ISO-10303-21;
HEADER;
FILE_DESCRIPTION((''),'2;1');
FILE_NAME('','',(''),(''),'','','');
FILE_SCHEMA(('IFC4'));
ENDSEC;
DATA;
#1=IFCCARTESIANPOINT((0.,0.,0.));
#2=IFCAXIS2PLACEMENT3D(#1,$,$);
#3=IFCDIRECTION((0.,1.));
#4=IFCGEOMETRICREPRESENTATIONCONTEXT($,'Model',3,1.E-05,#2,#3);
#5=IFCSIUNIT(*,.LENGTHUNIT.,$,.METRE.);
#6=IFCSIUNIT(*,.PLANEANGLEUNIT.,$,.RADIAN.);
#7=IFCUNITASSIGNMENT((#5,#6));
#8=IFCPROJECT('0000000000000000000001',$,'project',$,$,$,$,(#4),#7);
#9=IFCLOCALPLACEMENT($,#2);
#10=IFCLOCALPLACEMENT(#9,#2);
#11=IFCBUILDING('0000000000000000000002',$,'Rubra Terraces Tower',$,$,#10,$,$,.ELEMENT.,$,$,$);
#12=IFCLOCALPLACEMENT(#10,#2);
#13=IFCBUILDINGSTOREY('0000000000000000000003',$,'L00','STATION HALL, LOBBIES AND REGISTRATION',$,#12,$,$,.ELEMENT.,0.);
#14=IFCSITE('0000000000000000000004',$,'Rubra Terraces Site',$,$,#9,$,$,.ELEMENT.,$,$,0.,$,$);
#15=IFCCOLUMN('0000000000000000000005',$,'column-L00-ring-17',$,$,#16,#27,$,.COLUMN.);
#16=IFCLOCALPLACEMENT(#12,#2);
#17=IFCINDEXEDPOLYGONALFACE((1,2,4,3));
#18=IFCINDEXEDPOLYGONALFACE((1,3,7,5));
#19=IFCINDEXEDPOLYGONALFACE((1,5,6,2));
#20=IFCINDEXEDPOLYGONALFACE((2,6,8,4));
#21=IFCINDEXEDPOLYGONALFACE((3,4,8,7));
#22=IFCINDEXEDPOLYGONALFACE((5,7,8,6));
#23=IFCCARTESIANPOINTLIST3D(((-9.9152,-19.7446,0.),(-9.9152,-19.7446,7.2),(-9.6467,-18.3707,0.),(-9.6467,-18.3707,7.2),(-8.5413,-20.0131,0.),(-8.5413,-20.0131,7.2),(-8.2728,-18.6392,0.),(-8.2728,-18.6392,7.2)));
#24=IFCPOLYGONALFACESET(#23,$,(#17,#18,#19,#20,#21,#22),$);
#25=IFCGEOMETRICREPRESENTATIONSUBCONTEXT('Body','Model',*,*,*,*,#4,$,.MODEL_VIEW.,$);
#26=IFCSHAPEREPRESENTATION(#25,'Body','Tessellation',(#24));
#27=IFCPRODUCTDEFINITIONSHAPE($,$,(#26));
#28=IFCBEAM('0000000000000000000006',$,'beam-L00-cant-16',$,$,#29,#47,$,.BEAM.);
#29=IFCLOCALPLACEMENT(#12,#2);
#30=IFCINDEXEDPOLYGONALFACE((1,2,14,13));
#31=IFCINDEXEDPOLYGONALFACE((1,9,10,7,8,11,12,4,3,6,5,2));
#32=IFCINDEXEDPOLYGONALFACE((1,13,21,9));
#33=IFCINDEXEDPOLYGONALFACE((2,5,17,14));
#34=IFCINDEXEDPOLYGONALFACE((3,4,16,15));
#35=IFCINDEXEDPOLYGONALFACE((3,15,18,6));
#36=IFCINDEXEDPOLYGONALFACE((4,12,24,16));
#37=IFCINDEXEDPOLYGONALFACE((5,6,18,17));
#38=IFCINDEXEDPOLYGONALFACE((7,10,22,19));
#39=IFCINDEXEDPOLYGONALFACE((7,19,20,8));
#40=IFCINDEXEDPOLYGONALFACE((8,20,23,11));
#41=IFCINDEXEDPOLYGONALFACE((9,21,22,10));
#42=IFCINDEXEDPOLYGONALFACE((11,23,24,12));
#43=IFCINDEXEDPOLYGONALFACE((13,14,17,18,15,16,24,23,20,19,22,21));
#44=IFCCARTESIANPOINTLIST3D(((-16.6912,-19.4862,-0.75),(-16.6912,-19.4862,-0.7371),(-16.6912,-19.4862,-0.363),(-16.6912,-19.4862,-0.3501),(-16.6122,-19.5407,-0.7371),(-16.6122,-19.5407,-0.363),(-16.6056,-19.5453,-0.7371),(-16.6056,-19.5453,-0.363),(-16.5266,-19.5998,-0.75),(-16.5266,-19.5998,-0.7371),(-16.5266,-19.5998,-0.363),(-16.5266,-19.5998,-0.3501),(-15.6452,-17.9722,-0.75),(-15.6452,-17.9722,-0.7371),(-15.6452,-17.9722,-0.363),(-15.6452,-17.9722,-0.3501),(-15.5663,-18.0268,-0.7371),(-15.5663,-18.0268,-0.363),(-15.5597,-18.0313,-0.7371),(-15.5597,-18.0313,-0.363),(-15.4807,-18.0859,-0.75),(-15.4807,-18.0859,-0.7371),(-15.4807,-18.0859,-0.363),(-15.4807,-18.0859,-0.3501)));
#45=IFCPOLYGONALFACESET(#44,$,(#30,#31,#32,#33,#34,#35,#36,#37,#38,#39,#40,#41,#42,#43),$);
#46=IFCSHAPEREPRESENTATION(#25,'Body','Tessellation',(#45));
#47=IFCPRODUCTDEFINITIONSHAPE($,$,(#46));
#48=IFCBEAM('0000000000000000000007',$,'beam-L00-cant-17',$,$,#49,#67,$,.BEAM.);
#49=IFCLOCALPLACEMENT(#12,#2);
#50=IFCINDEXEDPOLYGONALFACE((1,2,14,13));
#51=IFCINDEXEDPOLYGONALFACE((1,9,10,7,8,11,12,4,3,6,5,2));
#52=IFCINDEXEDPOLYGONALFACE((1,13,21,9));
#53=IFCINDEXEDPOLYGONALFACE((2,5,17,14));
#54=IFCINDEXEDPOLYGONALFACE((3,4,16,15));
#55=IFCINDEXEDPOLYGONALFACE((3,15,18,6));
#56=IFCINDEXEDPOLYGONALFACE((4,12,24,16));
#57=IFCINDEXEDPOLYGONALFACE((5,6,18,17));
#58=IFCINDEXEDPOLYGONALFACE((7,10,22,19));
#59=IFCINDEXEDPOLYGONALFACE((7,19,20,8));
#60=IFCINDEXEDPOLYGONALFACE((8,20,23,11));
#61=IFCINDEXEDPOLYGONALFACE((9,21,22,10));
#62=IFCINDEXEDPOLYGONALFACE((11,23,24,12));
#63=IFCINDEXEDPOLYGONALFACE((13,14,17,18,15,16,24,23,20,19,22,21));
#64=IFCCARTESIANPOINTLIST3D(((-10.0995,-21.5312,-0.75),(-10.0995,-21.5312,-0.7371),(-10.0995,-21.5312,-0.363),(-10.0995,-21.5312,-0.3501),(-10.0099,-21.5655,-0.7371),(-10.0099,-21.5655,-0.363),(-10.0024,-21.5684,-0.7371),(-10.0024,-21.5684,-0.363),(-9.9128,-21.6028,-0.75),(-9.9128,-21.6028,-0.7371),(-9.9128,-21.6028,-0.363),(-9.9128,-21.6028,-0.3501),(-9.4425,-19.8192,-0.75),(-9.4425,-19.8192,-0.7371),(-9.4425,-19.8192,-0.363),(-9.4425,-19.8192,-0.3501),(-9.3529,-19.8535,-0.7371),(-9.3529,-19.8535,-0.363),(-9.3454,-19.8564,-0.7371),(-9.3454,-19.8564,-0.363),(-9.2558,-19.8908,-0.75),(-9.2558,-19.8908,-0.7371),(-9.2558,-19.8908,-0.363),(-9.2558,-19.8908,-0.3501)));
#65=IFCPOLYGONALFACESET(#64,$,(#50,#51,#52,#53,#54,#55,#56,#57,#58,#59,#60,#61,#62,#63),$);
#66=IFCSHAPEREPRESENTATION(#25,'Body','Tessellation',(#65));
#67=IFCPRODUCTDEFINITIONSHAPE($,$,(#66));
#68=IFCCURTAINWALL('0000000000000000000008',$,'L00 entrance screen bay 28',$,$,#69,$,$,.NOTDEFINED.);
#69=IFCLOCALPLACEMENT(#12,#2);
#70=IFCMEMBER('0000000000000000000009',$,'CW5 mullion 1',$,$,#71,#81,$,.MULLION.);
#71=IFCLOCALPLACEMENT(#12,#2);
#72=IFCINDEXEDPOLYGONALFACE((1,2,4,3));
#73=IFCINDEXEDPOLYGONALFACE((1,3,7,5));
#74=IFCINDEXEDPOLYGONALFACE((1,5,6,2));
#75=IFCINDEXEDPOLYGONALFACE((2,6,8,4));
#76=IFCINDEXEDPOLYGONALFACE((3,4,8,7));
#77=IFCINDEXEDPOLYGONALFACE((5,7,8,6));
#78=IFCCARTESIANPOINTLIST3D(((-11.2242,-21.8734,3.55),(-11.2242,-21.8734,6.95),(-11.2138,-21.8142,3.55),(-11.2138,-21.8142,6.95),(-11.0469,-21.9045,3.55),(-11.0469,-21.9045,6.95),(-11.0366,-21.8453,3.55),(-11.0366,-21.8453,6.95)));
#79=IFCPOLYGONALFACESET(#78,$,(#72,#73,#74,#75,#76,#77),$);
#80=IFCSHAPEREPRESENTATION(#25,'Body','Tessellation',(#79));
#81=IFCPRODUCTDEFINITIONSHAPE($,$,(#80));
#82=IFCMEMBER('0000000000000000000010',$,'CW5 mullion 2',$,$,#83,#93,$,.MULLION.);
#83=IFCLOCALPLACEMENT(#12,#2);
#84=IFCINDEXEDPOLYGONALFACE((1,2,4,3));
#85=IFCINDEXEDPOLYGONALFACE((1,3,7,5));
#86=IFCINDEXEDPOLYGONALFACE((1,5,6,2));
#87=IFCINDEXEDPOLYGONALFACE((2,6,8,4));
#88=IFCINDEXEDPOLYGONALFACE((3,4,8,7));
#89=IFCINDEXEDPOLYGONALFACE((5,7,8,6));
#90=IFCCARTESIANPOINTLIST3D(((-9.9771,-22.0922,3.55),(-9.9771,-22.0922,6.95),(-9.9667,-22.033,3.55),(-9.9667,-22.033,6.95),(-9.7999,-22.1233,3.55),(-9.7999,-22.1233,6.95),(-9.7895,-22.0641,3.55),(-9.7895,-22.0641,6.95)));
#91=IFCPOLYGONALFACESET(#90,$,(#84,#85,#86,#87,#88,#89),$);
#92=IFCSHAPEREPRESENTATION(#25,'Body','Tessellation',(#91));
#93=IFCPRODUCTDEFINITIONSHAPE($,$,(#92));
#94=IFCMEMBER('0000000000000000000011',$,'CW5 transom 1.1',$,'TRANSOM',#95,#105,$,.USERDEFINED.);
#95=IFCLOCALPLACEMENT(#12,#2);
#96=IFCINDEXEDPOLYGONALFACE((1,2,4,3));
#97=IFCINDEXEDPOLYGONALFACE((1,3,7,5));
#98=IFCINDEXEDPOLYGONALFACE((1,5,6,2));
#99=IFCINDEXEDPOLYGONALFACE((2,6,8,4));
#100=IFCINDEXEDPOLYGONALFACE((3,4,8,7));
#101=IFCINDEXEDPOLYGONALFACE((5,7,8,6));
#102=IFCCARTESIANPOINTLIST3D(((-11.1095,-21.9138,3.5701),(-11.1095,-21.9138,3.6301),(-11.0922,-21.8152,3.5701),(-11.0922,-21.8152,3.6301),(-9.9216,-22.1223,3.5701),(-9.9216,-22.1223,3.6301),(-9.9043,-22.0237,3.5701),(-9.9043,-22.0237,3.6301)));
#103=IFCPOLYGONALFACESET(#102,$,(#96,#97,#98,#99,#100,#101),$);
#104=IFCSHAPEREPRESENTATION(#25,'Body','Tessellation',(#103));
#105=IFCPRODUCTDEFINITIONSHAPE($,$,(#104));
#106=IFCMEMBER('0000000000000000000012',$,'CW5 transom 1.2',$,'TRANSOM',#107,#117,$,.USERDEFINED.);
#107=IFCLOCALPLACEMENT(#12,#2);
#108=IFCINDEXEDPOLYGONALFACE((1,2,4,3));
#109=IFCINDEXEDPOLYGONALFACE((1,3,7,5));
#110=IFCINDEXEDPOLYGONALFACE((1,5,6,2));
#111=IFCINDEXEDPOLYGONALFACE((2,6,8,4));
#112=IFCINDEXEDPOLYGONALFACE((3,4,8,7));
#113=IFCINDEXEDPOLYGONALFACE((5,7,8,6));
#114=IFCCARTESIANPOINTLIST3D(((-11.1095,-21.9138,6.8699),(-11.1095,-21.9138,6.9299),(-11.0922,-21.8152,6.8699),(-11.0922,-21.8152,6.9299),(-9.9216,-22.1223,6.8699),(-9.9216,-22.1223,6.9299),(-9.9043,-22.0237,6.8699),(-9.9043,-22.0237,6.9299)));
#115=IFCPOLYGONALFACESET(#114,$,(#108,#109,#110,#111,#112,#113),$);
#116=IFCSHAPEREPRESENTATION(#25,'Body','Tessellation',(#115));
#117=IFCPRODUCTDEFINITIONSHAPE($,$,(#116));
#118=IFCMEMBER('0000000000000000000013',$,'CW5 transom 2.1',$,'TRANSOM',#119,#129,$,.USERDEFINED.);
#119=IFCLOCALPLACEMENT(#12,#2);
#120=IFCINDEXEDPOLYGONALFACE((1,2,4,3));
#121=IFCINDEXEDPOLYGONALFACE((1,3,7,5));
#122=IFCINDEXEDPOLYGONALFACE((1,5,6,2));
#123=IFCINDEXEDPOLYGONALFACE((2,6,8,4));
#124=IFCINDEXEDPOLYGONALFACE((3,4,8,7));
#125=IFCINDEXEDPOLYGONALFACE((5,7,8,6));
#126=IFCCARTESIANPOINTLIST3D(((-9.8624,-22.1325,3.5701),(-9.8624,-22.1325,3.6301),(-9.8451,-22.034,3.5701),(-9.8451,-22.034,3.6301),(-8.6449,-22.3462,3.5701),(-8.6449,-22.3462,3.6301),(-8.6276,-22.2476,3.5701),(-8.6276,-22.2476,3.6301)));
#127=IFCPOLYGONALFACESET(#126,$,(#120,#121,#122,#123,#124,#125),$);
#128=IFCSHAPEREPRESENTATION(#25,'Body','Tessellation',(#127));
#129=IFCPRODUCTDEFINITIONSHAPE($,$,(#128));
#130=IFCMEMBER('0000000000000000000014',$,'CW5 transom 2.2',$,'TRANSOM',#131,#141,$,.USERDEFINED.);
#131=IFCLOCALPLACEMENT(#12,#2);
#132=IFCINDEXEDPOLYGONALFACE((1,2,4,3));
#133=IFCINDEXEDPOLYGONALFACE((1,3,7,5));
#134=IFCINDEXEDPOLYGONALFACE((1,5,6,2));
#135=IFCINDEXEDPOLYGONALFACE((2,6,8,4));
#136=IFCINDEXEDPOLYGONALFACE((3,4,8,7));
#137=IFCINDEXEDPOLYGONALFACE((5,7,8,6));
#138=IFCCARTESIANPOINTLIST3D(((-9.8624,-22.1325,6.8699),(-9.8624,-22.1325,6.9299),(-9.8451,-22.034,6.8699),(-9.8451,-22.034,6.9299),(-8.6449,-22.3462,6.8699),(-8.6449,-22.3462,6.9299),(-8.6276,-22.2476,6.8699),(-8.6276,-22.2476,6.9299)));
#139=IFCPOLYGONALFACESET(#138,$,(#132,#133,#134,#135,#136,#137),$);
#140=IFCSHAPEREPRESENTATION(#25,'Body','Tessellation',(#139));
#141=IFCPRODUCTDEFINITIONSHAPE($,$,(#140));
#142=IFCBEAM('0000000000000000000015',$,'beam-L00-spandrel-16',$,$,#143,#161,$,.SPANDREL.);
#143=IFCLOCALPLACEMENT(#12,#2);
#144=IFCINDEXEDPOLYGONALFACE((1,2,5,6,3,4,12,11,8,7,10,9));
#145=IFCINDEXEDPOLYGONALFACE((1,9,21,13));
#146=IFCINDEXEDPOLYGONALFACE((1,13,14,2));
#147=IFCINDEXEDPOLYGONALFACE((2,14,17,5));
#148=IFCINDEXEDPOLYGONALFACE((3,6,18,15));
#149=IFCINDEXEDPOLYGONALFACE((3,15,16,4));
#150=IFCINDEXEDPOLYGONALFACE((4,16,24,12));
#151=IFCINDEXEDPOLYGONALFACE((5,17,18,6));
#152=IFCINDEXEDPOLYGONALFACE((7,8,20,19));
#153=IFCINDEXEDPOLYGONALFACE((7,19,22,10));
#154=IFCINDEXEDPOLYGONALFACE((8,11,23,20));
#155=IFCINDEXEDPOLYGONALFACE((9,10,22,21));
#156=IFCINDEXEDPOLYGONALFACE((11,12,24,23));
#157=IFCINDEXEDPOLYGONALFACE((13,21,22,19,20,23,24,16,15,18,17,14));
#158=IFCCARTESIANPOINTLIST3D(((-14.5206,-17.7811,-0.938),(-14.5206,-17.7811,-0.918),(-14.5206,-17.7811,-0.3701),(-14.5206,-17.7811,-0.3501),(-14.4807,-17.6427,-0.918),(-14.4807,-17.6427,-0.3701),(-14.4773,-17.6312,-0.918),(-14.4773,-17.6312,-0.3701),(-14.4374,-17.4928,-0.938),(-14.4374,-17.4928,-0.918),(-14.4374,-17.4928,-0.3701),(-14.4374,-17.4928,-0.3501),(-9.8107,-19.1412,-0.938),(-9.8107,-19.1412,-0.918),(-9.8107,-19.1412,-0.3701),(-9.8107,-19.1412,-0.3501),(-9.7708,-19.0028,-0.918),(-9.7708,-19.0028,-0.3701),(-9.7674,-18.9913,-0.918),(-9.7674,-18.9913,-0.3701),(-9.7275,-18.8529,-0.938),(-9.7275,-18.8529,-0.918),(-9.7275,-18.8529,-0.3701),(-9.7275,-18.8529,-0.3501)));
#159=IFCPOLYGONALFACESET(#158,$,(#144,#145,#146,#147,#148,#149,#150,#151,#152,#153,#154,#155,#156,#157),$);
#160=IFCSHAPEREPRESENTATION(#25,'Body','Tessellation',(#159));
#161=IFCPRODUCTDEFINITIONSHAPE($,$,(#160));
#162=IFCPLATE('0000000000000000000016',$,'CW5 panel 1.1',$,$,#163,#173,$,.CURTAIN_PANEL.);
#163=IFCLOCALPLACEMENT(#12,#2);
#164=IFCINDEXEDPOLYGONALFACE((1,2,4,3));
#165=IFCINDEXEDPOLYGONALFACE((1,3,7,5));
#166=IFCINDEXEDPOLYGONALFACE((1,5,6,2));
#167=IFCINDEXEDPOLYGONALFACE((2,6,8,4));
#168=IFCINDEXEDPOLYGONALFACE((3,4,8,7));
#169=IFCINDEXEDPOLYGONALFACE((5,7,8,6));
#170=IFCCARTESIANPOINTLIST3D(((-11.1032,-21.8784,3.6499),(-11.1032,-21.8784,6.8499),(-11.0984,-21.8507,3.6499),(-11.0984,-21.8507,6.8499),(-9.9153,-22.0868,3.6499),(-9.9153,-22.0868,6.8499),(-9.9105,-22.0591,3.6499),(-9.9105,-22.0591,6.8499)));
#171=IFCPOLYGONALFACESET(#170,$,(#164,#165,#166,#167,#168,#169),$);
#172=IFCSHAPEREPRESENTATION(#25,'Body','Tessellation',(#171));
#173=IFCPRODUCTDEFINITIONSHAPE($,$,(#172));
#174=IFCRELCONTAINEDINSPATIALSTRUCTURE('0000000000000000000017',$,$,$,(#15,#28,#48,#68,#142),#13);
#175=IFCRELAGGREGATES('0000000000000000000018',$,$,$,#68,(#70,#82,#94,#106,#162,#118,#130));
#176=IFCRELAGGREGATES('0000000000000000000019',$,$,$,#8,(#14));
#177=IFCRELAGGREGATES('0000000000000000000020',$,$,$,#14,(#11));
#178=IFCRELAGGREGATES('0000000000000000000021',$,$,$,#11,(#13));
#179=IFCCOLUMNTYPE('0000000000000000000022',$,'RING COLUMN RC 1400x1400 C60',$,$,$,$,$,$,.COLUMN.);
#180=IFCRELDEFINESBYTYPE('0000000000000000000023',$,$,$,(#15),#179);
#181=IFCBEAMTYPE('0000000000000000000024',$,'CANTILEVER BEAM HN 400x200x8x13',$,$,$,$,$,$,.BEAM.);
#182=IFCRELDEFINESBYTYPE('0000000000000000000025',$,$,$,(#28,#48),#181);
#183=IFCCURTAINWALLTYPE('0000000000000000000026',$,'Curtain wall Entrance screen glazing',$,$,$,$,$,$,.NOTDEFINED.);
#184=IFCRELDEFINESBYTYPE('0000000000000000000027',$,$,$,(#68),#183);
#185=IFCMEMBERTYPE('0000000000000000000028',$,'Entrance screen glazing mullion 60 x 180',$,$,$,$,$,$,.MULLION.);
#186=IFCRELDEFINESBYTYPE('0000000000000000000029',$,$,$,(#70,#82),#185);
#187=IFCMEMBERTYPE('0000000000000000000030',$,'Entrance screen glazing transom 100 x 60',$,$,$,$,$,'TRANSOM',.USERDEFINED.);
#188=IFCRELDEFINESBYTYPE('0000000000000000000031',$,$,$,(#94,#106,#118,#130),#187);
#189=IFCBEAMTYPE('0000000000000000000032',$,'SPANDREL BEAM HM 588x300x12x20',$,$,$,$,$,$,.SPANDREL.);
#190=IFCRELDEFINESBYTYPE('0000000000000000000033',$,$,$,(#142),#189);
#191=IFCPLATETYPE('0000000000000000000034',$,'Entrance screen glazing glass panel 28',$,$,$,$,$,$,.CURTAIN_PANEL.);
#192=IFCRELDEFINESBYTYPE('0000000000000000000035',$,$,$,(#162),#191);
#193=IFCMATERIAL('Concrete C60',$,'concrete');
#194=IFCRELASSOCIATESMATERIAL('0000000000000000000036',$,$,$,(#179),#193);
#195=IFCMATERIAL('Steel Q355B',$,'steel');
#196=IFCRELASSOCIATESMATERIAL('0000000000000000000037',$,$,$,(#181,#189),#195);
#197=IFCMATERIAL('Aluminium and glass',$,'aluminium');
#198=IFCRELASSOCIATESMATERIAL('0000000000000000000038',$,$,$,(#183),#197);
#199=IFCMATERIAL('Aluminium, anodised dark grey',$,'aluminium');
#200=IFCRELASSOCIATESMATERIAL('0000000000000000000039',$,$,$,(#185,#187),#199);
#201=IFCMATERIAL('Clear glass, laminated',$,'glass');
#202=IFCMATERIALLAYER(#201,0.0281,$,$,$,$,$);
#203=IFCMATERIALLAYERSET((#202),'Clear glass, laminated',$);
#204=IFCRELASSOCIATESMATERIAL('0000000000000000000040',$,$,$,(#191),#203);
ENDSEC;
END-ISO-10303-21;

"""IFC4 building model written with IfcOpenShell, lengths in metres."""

from ifc_helpers import new_model, si_unit, direction, frame, origin, origin_2d, place, context, subcontext, project, spatial, rectangle, i_section, extrude, material, layer, layer_set, material_profile, profile_set, type_object, element, aggregate, save


model = new_model("IFC4")

# Units and contexts
model_context = context("Model", 3, precision=1e-05, world=origin(), true_north=direction((0.0, 1.0)))
body_context = subcontext(model_context, "Body", "Model", "MODEL_VIEW")
ifc_project = project(units=[si_unit("LENGTHUNIT", "METRE"), si_unit("PLANEANGLEUNIT", "RADIAN")], contexts=[model_context])

# Site, building, storey
site_placement = place(None, origin())
site = spatial("IfcSite", under=ifc_project, at=site_placement, Name="Rubra Terraces Site", CompositionType="ELEMENT", RefElevation=0.0)
building_placement = place(site_placement, origin())
building = spatial("IfcBuilding", under=site, at=building_placement, Name="Rubra Terraces Tower", CompositionType="ELEMENT")
storey_placement = place(building_placement, origin())
storey = spatial("IfcBuildingStorey", under=building, at=storey_placement, Name="L00", Description="STATION HALL, LOBBIES AND REGISTRATION", CompositionType="ELEMENT", Elevation=0.0)

# Column
ifc_material_1 = material(Name="Concrete C60", Category="concrete")
ifc_material_profile_1 = material_profile(ifc_material_1, rectangle(XDim=1.3999, YDim=1.3999, at=origin_2d()), Name="RC 1400x1400")
ifc_profile_set_1 = profile_set([ifc_material_profile_1], Name="Concrete C60")
column_type = type_object("IfcColumnType", Name="RING COLUMN RC 1400x1400 C60", PredefinedType="COLUMN", material=ifc_profile_set_1)
column_placement = place(storey_placement, frame((-9.094, -19.1919, 0.0), z_axis=(0.0, 0.0, 1.0), x_axis=(0.98143, -0.191819, 0.0)))
element("IfcColumn", 1, at=column_placement, inside=storey, type_object=column_type, Name="column-L00-ring-17", PredefinedType="COLUMN", context=body_context, shape_type="SweptSolid", body=[
    extrude(rectangle(XDim=1.3999, YDim=1.3999, at=origin_2d()), origin(), (0.0, 0.0, 1.0), 7.2),
])

# Beams
ifc_material_2 = material(Name="Steel Q355B", Category="steel")
ifc_material_profile_2 = material_profile(ifc_material_2, i_section(OverallWidth=0.2, OverallDepth=0.3999, WebThickness=0.0081, FlangeThickness=0.0129, at=origin_2d()), Name="HN 400x200x8x13")
ifc_profile_set_2 = profile_set([ifc_material_profile_2], Name="Steel Q355B")
beam_type_1 = type_object("IfcBeamType", Name="CANTILEVER BEAM HN 400x200x8x13", PredefinedType="BEAM", material=ifc_profile_set_2)
beam_1_placement = place(storey_placement, frame((-15.563, -18.0291, -0.55), z_axis=(-0.568402, -0.822751, 0.0), x_axis=(0.822751, -0.568402, 0.0)))
element("IfcBeam", 2, at=beam_1_placement, inside=storey, type_object=beam_type_1, Name="beam-L00-cant-16", PredefinedType="BEAM", context=body_context, shape_type="SweptSolid", body=[
    extrude(i_section(OverallWidth=0.2, OverallDepth=0.3999, WebThickness=0.0081, FlangeThickness=0.0129, at=origin_2d()), origin(), (0.0, 0.0, 1.0), 1.8401),
])
beam_2_placement = place(storey_placement, frame((-9.3491, -19.855, -0.55), z_axis=(-0.358292, -0.93361, 0.0), x_axis=(0.93361, -0.358292, 0.0)))
element("IfcBeam", 3, at=beam_2_placement, inside=storey, type_object=beam_type_1, Name="beam-L00-cant-17", PredefinedType="BEAM", context=body_context, shape_type="SweptSolid", body=[
    extrude(i_section(OverallWidth=0.2, OverallDepth=0.3999, WebThickness=0.0081, FlangeThickness=0.0129, at=origin_2d()), origin(), (0.0, 0.0, 1.0), 1.8337),
])

# Curtain wall, members
ifc_material_3 = material(Name="Aluminium and glass", Category="aluminium")
curtain_wall_type = type_object("IfcCurtainWallType", Name="Curtain wall Entrance screen glazing", PredefinedType="NOTDEFINED", material=ifc_material_3)
curtain_wall_placement = place(storey_placement, origin())
curtain_wall = element("IfcCurtainWall", 4, at=curtain_wall_placement, inside=storey, type_object=curtain_wall_type, Name="L00 entrance screen bay 28", PredefinedType="NOTDEFINED")
ifc_material_4 = material(Name="Aluminium, anodised dark grey", Category="aluminium")
ifc_material_profile_3 = material_profile(ifc_material_4, rectangle(XDim=0.0601, YDim=0.1799, at=origin_2d()), Name="AL 60x180")
ifc_profile_set_3 = profile_set([ifc_material_profile_3], Name="Aluminium, anodised dark grey")
member_type_1 = type_object("IfcMemberType", Name="Entrance screen glazing mullion 60 x 180", PredefinedType="MULLION", material=ifc_profile_set_3)
member_1_placement = place(storey_placement, frame((-11.1304, -21.8594, 3.55), z_axis=(0.0, 0.0, 1.0), x_axis=(0.172817, 0.984954, 0.0)))
member_1 = element("IfcMember", 5, at=member_1_placement, type_object=member_type_1, Name="CW5 mullion 1", PredefinedType="MULLION", context=body_context, shape_type="SweptSolid", body=[
    extrude(rectangle(XDim=0.0601, YDim=0.1799, at=origin_2d()), origin(), (0.0, 0.0, 1.0), 3.3999),
])
member_2_placement = place(storey_placement, frame((-9.8833, -22.0781, 3.55), z_axis=(0.0, 0.0, 1.0), x_axis=(0.172817, 0.984954, 0.0)))
member_2 = element("IfcMember", 6, at=member_2_placement, type_object=member_type_1, Name="CW5 mullion 2", PredefinedType="MULLION", context=body_context, shape_type="SweptSolid", body=[
    extrude(rectangle(XDim=0.0601, YDim=0.1799, at=origin_2d()), origin(), (0.0, 0.0, 1.0), 3.3999),
])
ifc_material_profile_4 = material_profile(ifc_material_4, rectangle(XDim=0.1001, YDim=0.0601, at=origin_2d()), Name="AL 100x60")
ifc_profile_set_4 = profile_set([ifc_material_profile_4], Name="Aluminium, anodised dark grey")
member_type_2 = type_object("IfcMemberType", Name="Entrance screen glazing transom 100 x 60", ElementType="TRANSOM", PredefinedType="USERDEFINED", material=ifc_profile_set_4)
member_3_placement = place(storey_placement, frame((-11.1008, -21.8645, 3.6001), z_axis=(0.984946, -0.172861, 0.0), x_axis=(0.172861, 0.984946, 0.0)))
member_3 = element("IfcMember", 7, at=member_3_placement, type_object=member_type_2, Name="CW5 transom 1.1", ObjectType="TRANSOM", PredefinedType="USERDEFINED", context=body_context, shape_type="SweptSolid", body=[
    extrude(rectangle(XDim=0.1001, YDim=0.0601, at=origin_2d()), origin(), (0.0, 0.0, 1.0), 1.2061),
])
member_4_placement = place(storey_placement, frame((-11.1008, -21.8645, 6.8999), z_axis=(0.984946, -0.172861, 0.0), x_axis=(0.172861, 0.984946, 0.0)))
member_4 = element("IfcMember", 8, at=member_4_placement, type_object=member_type_2, Name="CW5 transom 1.2", ObjectType="TRANSOM", PredefinedType="USERDEFINED", context=body_context, shape_type="SweptSolid", body=[
    extrude(rectangle(XDim=0.1001, YDim=0.0601, at=origin_2d()), origin(), (0.0, 0.0, 1.0), 1.2061),
])
member_5_placement = place(storey_placement, frame((-9.8538, -22.0833, 3.6001), z_axis=(0.984954, -0.172816, 0.0), x_axis=(0.172816, 0.984954, 0.0)))
member_5 = element("IfcMember", 9, at=member_5_placement, type_object=member_type_2, Name="CW5 transom 2.1", ObjectType="TRANSOM", PredefinedType="USERDEFINED", context=body_context, shape_type="SweptSolid", body=[
    extrude(rectangle(XDim=0.1001, YDim=0.0601, at=origin_2d()), origin(), (0.0, 0.0, 1.0), 1.2361),
])
member_6_placement = place(storey_placement, frame((-9.8538, -22.0833, 6.8999), z_axis=(0.984954, -0.172816, 0.0), x_axis=(0.172816, 0.984954, 0.0)))
member_6 = element("IfcMember", 10, at=member_6_placement, type_object=member_type_2, Name="CW5 transom 2.2", ObjectType="TRANSOM", PredefinedType="USERDEFINED", context=body_context, shape_type="SweptSolid", body=[
    extrude(rectangle(XDim=0.1001, YDim=0.0601, at=origin_2d()), origin(), (0.0, 0.0, 1.0), 1.2361),
])

# Beam
ifc_material_profile_5 = material_profile(ifc_material_2, i_section(OverallWidth=0.3, OverallDepth=0.5879, WebThickness=0.012, FlangeThickness=0.02, at=origin_2d()), Name="HM 588x300x12x20")
ifc_profile_set_5 = profile_set([ifc_material_profile_5], Name="Steel Q355B")
beam_type_2 = type_object("IfcBeamType", Name="SPANDREL BEAM HM 588x300x12x20", PredefinedType="SPANDREL", material=ifc_profile_set_5)
beam_3_placement = place(storey_placement, frame((-14.479, -17.637, -0.644), z_axis=(0.960744, -0.277436, 0.0), x_axis=(0.277436, 0.960744, 0.0)))
element("IfcBeam", 11, at=beam_3_placement, inside=storey, type_object=beam_type_2, Name="beam-L00-spandrel-16", PredefinedType="SPANDREL", context=body_context, shape_type="SweptSolid", body=[
    extrude(i_section(OverallWidth=0.3, OverallDepth=0.5879, WebThickness=0.012, FlangeThickness=0.02, at=origin_2d()), origin(), (0.0, 0.0, 1.0), 4.9023),
])

# Plate
ifc_material_5 = material(Name="Clear glass, laminated", Category="glass")
ifc_layer_1 = layer(ifc_material_5, 0.0281)
ifc_layer_set_1 = layer_set([ifc_layer_1], Name="Clear glass, laminated")
plate_type = type_object("IfcPlateType", Name="Entrance screen glazing glass panel 28", PredefinedType="CURTAIN_PANEL", material=ifc_layer_set_1)
plate_1_placement = place(storey_placement, frame((-10.5068, -21.9688, 3.6499), z_axis=(0.0, 0.0, 1.0), x_axis=(0.984954, -0.172817, 0.0)))
plate_1 = element("IfcPlate", 12, at=plate_1_placement, type_object=plate_type, Name="CW5 panel 1.1", PredefinedType="CURTAIN_PANEL", context=body_context, shape_type="SweptSolid", body=[
    extrude(rectangle(XDim=1.2061, YDim=0.0281, at=origin_2d()), origin(), (0.0, 0.0, 1.0), 3.2),
])
aggregate(curtain_wall, [member_1, member_2, member_3, member_4, plate_1, member_5, member_6])

save(model, "model.ifc")
